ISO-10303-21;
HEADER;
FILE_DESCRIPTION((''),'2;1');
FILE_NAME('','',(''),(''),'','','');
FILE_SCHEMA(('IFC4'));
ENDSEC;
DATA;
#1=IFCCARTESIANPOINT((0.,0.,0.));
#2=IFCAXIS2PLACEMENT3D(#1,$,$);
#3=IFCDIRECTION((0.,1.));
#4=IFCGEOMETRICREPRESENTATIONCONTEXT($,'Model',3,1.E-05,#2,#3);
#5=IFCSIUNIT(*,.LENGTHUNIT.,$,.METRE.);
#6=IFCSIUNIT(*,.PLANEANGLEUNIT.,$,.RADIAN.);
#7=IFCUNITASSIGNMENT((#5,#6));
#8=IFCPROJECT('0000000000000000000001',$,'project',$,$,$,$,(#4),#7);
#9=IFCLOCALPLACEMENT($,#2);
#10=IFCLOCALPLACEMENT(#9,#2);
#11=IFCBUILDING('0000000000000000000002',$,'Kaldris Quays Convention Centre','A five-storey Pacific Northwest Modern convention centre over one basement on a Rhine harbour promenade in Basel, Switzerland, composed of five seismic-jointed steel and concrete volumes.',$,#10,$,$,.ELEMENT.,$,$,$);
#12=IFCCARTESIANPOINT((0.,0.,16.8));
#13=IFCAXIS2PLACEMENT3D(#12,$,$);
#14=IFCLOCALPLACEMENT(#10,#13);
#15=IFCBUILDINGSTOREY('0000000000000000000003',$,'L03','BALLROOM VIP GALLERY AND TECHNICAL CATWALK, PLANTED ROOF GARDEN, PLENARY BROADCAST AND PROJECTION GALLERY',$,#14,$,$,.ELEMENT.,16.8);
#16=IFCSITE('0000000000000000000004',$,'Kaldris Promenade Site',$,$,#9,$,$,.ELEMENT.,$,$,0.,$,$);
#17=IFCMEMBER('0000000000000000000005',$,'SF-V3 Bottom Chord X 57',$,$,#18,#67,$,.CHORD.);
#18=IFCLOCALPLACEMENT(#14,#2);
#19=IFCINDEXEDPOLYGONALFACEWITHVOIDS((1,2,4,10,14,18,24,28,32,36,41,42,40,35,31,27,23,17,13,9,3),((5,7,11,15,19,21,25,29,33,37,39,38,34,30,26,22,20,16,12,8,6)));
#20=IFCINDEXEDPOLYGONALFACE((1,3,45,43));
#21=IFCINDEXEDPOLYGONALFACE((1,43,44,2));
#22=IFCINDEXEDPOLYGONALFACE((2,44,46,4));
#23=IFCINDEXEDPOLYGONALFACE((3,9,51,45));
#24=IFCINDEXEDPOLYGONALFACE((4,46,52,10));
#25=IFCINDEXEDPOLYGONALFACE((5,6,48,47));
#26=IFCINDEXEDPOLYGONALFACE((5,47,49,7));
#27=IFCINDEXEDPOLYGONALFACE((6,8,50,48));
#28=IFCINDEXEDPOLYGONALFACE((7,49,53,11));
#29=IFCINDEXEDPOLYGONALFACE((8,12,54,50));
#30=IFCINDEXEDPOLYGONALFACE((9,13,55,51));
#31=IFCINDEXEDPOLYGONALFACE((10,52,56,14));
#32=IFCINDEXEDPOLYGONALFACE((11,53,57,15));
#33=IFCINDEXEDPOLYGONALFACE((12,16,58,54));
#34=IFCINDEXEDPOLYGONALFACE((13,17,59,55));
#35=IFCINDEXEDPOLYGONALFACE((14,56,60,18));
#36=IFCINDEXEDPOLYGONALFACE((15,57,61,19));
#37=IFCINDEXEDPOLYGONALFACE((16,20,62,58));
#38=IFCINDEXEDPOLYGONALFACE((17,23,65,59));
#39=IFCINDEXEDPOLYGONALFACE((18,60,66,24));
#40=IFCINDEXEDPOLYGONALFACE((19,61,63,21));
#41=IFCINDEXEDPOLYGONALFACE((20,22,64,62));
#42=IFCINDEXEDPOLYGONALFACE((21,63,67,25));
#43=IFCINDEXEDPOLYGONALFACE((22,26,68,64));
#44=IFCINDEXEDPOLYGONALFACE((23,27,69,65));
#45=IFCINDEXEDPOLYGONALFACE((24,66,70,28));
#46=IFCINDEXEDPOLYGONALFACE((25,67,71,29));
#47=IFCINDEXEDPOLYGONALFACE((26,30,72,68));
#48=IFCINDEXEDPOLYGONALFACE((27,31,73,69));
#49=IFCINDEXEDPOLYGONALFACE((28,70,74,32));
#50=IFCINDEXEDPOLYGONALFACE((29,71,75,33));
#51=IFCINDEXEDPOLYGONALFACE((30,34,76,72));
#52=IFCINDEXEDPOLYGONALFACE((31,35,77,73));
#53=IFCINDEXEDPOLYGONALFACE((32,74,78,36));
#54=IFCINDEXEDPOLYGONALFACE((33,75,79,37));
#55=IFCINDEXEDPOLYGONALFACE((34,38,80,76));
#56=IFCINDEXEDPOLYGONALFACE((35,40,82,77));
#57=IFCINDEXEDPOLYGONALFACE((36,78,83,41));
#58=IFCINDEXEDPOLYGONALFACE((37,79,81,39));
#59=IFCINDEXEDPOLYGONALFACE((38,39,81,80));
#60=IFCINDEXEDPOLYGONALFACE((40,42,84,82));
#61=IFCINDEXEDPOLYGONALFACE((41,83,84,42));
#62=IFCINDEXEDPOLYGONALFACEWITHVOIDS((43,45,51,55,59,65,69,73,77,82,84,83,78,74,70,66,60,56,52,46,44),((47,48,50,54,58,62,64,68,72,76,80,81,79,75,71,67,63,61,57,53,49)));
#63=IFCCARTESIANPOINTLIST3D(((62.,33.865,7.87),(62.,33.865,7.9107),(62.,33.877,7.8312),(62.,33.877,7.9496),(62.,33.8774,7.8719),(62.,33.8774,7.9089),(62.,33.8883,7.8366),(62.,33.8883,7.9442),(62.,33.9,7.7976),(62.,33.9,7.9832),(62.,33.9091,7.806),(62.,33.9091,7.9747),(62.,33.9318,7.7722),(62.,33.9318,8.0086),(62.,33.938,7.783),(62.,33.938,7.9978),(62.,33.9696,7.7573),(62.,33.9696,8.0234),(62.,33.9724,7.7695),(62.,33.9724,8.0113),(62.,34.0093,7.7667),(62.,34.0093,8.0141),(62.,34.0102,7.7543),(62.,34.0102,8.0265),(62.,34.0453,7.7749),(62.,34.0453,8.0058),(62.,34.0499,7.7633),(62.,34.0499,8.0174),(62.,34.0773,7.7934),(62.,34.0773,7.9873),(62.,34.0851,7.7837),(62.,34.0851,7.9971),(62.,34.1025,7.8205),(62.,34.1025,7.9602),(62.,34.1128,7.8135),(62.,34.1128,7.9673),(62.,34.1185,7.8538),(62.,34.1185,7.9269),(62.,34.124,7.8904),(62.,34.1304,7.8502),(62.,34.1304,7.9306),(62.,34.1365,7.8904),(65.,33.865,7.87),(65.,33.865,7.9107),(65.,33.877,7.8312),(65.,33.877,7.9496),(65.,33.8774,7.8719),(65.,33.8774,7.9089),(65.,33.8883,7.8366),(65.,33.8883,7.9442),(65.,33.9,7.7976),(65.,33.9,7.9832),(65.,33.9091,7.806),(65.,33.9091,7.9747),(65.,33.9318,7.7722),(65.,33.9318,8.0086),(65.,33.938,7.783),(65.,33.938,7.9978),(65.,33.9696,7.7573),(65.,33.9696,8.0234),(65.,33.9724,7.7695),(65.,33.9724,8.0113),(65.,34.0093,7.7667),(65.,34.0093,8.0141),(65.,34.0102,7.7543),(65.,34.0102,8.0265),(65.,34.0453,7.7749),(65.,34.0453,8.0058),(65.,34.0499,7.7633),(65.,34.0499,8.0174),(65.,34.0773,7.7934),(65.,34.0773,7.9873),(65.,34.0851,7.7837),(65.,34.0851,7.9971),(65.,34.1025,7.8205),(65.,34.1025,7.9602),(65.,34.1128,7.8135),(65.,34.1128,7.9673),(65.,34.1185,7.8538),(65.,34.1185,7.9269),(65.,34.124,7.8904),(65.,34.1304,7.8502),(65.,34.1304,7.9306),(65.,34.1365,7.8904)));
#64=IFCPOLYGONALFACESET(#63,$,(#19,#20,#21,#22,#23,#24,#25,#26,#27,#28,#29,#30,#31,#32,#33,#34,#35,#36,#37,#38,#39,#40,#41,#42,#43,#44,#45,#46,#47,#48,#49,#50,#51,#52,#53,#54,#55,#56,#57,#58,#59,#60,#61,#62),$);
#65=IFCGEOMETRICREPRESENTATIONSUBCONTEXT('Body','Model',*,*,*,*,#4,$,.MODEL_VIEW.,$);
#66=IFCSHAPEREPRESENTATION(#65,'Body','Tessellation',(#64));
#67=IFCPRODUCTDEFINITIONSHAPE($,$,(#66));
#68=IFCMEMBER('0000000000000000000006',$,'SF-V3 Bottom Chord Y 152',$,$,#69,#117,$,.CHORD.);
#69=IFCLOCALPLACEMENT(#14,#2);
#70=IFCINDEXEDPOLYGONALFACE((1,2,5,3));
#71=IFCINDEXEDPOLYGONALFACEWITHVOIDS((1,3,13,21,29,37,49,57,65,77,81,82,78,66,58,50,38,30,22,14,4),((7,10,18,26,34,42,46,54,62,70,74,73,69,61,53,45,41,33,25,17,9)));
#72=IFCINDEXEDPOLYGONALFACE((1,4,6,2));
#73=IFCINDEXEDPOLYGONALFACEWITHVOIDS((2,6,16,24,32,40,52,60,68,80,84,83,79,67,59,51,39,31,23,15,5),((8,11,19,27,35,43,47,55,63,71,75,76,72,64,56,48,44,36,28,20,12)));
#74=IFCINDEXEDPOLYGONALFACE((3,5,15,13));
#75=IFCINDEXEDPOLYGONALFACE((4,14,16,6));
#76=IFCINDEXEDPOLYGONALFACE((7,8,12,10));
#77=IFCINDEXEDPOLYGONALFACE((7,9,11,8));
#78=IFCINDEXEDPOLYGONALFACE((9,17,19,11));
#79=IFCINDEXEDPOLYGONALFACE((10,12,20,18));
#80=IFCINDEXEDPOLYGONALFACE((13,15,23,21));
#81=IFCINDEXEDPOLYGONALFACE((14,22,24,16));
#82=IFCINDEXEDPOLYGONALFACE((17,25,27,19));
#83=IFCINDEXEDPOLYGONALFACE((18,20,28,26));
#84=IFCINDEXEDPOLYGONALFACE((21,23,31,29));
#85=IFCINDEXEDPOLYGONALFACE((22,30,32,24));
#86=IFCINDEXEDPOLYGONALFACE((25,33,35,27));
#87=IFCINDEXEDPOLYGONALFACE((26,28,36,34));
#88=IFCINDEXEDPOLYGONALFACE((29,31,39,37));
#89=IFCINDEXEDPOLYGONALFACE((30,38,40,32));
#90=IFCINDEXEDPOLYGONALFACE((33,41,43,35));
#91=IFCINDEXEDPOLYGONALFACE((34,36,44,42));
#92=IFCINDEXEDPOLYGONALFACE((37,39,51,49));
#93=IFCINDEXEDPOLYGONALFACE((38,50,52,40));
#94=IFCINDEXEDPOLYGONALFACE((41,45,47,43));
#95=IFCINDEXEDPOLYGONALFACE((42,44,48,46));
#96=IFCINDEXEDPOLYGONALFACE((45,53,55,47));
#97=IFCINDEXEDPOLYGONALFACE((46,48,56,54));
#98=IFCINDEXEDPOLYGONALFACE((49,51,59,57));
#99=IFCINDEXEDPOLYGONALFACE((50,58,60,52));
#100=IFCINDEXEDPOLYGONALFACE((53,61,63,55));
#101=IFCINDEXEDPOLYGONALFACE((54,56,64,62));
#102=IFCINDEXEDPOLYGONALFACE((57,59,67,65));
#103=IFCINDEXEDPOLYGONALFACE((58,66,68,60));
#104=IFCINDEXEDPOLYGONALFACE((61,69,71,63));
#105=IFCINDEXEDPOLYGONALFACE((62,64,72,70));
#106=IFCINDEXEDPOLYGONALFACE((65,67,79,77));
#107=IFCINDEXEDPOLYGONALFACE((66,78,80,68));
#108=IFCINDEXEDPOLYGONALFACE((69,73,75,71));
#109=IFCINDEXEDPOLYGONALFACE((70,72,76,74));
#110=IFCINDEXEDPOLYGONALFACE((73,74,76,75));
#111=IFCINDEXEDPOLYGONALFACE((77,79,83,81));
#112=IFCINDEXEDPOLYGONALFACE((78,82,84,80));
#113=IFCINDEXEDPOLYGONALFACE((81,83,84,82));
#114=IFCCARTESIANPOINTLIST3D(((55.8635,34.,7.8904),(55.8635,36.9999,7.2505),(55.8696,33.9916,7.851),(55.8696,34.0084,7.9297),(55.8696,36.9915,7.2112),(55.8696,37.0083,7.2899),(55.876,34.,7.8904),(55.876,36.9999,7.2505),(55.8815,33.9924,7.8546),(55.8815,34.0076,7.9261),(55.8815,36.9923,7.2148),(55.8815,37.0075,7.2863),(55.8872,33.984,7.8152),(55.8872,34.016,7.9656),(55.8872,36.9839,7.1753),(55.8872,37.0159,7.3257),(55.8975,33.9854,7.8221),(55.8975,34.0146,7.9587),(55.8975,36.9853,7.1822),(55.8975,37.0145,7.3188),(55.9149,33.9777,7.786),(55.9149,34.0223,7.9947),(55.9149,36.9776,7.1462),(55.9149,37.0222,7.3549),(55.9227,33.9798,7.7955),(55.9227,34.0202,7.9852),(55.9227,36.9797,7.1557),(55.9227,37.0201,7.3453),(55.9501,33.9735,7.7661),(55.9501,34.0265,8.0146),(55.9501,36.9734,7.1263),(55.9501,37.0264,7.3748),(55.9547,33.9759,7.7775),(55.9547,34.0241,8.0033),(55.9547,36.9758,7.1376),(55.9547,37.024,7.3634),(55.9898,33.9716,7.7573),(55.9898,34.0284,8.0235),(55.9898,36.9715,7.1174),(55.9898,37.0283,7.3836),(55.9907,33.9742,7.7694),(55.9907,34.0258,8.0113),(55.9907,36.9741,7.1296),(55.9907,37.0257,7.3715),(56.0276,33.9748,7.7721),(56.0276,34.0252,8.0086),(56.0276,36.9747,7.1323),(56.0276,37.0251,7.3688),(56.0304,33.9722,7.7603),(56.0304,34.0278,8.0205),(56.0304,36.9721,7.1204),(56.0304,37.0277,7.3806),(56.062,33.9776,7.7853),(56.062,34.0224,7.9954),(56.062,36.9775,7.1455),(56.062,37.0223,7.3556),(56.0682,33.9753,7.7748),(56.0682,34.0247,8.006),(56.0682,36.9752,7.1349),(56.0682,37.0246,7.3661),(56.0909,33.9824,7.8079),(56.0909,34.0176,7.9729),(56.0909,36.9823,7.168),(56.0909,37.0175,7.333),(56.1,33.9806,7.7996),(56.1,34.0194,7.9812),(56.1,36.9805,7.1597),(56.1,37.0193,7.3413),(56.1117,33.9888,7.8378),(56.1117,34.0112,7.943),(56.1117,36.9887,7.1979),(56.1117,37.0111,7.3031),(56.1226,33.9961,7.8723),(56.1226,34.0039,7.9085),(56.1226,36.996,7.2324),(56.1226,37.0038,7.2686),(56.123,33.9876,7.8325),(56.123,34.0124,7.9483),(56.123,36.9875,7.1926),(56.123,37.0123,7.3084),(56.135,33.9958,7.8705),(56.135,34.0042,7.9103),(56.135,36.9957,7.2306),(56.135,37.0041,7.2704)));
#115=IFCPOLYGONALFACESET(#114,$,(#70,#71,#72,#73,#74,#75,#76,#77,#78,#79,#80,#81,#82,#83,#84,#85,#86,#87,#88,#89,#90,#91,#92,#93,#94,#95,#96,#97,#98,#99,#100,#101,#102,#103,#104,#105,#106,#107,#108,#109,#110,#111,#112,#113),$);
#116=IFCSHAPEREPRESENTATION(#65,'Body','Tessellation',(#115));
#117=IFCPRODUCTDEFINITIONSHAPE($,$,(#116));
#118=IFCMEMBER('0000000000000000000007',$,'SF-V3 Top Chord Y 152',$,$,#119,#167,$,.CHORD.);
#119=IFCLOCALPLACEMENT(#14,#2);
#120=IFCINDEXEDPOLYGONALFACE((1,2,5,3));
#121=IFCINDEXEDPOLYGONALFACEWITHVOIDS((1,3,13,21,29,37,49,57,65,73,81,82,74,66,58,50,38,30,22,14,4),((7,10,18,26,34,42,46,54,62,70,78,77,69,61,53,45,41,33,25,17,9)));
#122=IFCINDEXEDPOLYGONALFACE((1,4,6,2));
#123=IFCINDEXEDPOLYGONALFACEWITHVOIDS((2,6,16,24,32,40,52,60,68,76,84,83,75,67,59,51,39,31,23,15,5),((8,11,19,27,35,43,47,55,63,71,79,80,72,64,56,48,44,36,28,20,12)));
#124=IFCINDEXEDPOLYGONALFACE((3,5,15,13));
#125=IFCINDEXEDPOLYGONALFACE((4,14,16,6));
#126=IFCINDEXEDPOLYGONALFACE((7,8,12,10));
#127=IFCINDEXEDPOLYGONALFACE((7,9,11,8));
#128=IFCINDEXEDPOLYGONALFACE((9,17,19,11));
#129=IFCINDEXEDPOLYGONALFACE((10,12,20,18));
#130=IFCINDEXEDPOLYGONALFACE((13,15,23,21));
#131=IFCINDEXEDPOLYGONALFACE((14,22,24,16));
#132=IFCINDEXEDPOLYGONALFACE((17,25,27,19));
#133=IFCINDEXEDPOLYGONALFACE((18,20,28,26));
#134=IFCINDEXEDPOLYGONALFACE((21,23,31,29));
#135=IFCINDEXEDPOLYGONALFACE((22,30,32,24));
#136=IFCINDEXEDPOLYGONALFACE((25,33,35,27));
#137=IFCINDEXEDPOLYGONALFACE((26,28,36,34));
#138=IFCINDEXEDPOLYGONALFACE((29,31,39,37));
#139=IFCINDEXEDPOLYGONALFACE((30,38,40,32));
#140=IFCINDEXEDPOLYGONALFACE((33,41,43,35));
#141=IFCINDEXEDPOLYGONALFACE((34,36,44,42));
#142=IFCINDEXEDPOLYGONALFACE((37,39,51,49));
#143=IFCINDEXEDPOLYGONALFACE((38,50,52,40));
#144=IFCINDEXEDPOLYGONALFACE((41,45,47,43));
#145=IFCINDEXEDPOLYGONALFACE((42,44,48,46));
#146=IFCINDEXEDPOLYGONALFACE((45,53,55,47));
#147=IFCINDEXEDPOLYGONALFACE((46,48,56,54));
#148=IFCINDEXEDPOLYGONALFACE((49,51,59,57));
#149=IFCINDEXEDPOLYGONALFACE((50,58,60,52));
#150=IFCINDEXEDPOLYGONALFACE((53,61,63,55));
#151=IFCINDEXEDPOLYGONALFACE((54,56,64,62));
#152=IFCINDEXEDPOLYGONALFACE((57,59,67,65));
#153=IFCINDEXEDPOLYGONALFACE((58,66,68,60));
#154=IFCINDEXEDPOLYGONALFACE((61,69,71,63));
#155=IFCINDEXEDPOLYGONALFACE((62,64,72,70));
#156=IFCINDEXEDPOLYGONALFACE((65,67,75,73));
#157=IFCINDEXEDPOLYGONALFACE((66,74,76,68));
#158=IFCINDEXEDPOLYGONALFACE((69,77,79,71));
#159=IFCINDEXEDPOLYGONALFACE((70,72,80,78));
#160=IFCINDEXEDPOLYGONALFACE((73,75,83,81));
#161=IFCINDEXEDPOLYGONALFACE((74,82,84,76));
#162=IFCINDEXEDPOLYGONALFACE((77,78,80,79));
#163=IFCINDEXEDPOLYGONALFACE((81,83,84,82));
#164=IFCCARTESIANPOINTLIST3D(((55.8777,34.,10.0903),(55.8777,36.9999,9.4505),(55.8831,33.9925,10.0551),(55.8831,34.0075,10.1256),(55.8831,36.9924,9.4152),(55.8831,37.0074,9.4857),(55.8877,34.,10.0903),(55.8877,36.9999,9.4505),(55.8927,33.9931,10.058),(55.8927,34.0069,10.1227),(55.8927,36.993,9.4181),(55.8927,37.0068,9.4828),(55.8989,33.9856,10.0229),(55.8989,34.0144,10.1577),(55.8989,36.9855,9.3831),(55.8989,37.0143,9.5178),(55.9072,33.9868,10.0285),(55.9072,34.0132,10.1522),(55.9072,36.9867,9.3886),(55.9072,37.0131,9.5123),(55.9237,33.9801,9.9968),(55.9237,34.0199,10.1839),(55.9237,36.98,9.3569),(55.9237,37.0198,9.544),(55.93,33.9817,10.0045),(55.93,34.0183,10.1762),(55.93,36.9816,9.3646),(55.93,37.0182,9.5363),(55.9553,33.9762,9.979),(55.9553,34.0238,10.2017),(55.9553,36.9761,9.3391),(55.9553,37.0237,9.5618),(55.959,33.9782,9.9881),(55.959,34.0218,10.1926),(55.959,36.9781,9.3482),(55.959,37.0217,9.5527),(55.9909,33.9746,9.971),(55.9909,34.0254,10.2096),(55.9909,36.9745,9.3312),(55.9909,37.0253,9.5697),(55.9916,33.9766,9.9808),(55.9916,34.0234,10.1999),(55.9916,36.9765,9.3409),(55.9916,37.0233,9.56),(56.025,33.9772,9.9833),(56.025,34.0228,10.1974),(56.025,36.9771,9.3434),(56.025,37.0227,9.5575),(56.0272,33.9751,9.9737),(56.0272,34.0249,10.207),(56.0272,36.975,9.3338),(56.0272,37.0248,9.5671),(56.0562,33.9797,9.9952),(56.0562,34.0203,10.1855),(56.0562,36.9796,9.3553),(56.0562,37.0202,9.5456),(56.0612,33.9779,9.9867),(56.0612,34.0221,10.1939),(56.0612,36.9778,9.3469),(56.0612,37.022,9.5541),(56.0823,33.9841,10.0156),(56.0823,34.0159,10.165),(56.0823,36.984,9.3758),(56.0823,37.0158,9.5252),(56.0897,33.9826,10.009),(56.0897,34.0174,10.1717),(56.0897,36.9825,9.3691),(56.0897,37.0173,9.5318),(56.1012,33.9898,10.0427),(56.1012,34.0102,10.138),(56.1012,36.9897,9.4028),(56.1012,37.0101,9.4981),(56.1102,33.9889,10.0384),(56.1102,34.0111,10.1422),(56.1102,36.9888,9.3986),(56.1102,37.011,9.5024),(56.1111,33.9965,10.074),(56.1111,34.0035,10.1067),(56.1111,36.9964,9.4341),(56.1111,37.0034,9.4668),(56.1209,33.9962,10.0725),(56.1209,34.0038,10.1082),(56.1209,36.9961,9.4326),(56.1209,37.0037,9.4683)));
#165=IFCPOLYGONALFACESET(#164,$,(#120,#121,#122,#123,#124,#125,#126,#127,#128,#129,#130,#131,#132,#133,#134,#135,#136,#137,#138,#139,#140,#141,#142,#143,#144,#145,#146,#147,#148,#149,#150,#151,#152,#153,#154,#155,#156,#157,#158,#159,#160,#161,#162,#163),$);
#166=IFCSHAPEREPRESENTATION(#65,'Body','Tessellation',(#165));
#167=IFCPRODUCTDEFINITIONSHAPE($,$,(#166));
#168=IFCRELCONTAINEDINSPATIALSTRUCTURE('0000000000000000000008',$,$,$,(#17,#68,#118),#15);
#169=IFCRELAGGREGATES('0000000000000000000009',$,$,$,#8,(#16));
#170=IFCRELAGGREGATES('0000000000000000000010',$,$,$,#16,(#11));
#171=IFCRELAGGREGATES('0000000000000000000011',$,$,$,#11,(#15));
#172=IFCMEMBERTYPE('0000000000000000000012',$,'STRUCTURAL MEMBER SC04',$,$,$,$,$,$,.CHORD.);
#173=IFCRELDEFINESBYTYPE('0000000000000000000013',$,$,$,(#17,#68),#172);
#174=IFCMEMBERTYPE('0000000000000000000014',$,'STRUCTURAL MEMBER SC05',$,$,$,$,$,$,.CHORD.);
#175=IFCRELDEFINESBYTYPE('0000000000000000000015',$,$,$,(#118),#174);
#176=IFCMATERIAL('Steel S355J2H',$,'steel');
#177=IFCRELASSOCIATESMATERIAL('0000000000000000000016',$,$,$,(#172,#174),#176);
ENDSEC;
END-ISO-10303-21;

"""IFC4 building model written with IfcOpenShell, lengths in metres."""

from ifc_helpers import new_model, si_unit, direction, frame, origin, origin_2d, place, context, subcontext, project, spatial, hollow_circle, extrude, material, material_profile, profile_set, type_object, element, save


model = new_model("IFC4")

# Units and contexts
model_context = context("Model", 3, precision=1e-05, world=origin(), true_north=direction((0.0, 1.0)))
body_context = subcontext(model_context, "Body", "Model", "MODEL_VIEW")
ifc_project = project(units=[si_unit("LENGTHUNIT", "METRE"), si_unit("PLANEANGLEUNIT", "RADIAN")], contexts=[model_context])

# Site, building, storey
site_placement = place(None, origin())
site = spatial("IfcSite", under=ifc_project, at=site_placement, Name="Kaldris Promenade Site", CompositionType="ELEMENT", RefElevation=0.0)
building_placement = place(site_placement, origin())
building = spatial("IfcBuilding", under=site, at=building_placement, Name="Kaldris Quays Convention Centre", Description="A five-storey Pacific Northwest Modern convention centre over one basement on a Rhine harbour promenade in Basel, Switzerland, composed of five seismic-jointed steel and concrete volumes.", CompositionType="ELEMENT")
storey_placement = place(building_placement, frame((0.0, 0.0, 16.8)))
storey = spatial("IfcBuildingStorey", under=building, at=storey_placement, Name="L03", Description="BALLROOM VIP GALLERY AND TECHNICAL CATWALK, PLANTED ROOF GARDEN, PLENARY BROADCAST AND PROJECTION GALLERY", CompositionType="ELEMENT", Elevation=16.8)

# Members
ifc_material_1 = material(Name="Steel S355J2H", Category="steel")
ifc_material_profile_1 = material_profile(ifc_material_1, hollow_circle(Radius=0.1365, WallThickness=0.0125, at=origin_2d()), Name="CHS 273x12.5")
ifc_profile_set_1 = profile_set([ifc_material_profile_1], Name="Steel S355J2H")
member_type_1 = type_object("IfcMemberType", Name="STRUCTURAL MEMBER SC04", PredefinedType="CHORD", material=ifc_profile_set_1)
for number, where, z_axis, x_axis, name in (
    (1, (62.0, 34.0, 7.8904), (1.0, 0.0, 0.0), (0.0, 1.0, 0.0), "SF-V3 Bottom Chord X 57"),
):
    element("IfcMember", number, at=place(storey_placement, frame(where, z_axis=z_axis, x_axis=x_axis)), inside=storey, type_object=member_type_1, Name=name, PredefinedType="CHORD", context=body_context, shape_type="SweptSolid", body=[
        extrude(hollow_circle(Radius=0.1365, WallThickness=0.0125, at=origin_2d()), origin(), (0.0, 0.0, 1.0), 3.0),
    ])
member_1_placement = place(storey_placement, frame((56.0, 34.0, 7.8904), z_axis=(0.0, 0.978, -0.208605), x_axis=(-1.0, 0.0, 0.0)))
element("IfcMember", 2, at=member_1_placement, inside=storey, type_object=member_type_1, Name="SF-V3 Bottom Chord Y 152", PredefinedType="CHORD", context=body_context, shape_type="SweptSolid", body=[
    extrude(hollow_circle(Radius=0.1365, WallThickness=0.0125, at=origin_2d()), origin(), (0.0, 0.0, 1.0), 3.0674),
])
ifc_material_profile_2 = material_profile(ifc_material_1, hollow_circle(Radius=0.1223, WallThickness=0.01, at=origin_2d()), Name="CHS 244.5x10")
ifc_profile_set_2 = profile_set([ifc_material_profile_2], Name="Steel S355J2H")
member_type_2 = type_object("IfcMemberType", Name="STRUCTURAL MEMBER SC05", PredefinedType="CHORD", material=ifc_profile_set_2)
member_2_placement = place(storey_placement, frame((56.0, 34.0, 10.0903), z_axis=(0.0, 0.978, -0.208605), x_axis=(-1.0, 0.0, 0.0)))
element("IfcMember", 3, at=member_2_placement, inside=storey, type_object=member_type_2, Name="SF-V3 Top Chord Y 152", PredefinedType="CHORD", context=body_context, shape_type="SweptSolid", body=[
    extrude(hollow_circle(Radius=0.1223, WallThickness=0.01, at=origin_2d()), origin(), (0.0, 0.0, 1.0), 3.0674),
])

save(model, "model.ifc")
